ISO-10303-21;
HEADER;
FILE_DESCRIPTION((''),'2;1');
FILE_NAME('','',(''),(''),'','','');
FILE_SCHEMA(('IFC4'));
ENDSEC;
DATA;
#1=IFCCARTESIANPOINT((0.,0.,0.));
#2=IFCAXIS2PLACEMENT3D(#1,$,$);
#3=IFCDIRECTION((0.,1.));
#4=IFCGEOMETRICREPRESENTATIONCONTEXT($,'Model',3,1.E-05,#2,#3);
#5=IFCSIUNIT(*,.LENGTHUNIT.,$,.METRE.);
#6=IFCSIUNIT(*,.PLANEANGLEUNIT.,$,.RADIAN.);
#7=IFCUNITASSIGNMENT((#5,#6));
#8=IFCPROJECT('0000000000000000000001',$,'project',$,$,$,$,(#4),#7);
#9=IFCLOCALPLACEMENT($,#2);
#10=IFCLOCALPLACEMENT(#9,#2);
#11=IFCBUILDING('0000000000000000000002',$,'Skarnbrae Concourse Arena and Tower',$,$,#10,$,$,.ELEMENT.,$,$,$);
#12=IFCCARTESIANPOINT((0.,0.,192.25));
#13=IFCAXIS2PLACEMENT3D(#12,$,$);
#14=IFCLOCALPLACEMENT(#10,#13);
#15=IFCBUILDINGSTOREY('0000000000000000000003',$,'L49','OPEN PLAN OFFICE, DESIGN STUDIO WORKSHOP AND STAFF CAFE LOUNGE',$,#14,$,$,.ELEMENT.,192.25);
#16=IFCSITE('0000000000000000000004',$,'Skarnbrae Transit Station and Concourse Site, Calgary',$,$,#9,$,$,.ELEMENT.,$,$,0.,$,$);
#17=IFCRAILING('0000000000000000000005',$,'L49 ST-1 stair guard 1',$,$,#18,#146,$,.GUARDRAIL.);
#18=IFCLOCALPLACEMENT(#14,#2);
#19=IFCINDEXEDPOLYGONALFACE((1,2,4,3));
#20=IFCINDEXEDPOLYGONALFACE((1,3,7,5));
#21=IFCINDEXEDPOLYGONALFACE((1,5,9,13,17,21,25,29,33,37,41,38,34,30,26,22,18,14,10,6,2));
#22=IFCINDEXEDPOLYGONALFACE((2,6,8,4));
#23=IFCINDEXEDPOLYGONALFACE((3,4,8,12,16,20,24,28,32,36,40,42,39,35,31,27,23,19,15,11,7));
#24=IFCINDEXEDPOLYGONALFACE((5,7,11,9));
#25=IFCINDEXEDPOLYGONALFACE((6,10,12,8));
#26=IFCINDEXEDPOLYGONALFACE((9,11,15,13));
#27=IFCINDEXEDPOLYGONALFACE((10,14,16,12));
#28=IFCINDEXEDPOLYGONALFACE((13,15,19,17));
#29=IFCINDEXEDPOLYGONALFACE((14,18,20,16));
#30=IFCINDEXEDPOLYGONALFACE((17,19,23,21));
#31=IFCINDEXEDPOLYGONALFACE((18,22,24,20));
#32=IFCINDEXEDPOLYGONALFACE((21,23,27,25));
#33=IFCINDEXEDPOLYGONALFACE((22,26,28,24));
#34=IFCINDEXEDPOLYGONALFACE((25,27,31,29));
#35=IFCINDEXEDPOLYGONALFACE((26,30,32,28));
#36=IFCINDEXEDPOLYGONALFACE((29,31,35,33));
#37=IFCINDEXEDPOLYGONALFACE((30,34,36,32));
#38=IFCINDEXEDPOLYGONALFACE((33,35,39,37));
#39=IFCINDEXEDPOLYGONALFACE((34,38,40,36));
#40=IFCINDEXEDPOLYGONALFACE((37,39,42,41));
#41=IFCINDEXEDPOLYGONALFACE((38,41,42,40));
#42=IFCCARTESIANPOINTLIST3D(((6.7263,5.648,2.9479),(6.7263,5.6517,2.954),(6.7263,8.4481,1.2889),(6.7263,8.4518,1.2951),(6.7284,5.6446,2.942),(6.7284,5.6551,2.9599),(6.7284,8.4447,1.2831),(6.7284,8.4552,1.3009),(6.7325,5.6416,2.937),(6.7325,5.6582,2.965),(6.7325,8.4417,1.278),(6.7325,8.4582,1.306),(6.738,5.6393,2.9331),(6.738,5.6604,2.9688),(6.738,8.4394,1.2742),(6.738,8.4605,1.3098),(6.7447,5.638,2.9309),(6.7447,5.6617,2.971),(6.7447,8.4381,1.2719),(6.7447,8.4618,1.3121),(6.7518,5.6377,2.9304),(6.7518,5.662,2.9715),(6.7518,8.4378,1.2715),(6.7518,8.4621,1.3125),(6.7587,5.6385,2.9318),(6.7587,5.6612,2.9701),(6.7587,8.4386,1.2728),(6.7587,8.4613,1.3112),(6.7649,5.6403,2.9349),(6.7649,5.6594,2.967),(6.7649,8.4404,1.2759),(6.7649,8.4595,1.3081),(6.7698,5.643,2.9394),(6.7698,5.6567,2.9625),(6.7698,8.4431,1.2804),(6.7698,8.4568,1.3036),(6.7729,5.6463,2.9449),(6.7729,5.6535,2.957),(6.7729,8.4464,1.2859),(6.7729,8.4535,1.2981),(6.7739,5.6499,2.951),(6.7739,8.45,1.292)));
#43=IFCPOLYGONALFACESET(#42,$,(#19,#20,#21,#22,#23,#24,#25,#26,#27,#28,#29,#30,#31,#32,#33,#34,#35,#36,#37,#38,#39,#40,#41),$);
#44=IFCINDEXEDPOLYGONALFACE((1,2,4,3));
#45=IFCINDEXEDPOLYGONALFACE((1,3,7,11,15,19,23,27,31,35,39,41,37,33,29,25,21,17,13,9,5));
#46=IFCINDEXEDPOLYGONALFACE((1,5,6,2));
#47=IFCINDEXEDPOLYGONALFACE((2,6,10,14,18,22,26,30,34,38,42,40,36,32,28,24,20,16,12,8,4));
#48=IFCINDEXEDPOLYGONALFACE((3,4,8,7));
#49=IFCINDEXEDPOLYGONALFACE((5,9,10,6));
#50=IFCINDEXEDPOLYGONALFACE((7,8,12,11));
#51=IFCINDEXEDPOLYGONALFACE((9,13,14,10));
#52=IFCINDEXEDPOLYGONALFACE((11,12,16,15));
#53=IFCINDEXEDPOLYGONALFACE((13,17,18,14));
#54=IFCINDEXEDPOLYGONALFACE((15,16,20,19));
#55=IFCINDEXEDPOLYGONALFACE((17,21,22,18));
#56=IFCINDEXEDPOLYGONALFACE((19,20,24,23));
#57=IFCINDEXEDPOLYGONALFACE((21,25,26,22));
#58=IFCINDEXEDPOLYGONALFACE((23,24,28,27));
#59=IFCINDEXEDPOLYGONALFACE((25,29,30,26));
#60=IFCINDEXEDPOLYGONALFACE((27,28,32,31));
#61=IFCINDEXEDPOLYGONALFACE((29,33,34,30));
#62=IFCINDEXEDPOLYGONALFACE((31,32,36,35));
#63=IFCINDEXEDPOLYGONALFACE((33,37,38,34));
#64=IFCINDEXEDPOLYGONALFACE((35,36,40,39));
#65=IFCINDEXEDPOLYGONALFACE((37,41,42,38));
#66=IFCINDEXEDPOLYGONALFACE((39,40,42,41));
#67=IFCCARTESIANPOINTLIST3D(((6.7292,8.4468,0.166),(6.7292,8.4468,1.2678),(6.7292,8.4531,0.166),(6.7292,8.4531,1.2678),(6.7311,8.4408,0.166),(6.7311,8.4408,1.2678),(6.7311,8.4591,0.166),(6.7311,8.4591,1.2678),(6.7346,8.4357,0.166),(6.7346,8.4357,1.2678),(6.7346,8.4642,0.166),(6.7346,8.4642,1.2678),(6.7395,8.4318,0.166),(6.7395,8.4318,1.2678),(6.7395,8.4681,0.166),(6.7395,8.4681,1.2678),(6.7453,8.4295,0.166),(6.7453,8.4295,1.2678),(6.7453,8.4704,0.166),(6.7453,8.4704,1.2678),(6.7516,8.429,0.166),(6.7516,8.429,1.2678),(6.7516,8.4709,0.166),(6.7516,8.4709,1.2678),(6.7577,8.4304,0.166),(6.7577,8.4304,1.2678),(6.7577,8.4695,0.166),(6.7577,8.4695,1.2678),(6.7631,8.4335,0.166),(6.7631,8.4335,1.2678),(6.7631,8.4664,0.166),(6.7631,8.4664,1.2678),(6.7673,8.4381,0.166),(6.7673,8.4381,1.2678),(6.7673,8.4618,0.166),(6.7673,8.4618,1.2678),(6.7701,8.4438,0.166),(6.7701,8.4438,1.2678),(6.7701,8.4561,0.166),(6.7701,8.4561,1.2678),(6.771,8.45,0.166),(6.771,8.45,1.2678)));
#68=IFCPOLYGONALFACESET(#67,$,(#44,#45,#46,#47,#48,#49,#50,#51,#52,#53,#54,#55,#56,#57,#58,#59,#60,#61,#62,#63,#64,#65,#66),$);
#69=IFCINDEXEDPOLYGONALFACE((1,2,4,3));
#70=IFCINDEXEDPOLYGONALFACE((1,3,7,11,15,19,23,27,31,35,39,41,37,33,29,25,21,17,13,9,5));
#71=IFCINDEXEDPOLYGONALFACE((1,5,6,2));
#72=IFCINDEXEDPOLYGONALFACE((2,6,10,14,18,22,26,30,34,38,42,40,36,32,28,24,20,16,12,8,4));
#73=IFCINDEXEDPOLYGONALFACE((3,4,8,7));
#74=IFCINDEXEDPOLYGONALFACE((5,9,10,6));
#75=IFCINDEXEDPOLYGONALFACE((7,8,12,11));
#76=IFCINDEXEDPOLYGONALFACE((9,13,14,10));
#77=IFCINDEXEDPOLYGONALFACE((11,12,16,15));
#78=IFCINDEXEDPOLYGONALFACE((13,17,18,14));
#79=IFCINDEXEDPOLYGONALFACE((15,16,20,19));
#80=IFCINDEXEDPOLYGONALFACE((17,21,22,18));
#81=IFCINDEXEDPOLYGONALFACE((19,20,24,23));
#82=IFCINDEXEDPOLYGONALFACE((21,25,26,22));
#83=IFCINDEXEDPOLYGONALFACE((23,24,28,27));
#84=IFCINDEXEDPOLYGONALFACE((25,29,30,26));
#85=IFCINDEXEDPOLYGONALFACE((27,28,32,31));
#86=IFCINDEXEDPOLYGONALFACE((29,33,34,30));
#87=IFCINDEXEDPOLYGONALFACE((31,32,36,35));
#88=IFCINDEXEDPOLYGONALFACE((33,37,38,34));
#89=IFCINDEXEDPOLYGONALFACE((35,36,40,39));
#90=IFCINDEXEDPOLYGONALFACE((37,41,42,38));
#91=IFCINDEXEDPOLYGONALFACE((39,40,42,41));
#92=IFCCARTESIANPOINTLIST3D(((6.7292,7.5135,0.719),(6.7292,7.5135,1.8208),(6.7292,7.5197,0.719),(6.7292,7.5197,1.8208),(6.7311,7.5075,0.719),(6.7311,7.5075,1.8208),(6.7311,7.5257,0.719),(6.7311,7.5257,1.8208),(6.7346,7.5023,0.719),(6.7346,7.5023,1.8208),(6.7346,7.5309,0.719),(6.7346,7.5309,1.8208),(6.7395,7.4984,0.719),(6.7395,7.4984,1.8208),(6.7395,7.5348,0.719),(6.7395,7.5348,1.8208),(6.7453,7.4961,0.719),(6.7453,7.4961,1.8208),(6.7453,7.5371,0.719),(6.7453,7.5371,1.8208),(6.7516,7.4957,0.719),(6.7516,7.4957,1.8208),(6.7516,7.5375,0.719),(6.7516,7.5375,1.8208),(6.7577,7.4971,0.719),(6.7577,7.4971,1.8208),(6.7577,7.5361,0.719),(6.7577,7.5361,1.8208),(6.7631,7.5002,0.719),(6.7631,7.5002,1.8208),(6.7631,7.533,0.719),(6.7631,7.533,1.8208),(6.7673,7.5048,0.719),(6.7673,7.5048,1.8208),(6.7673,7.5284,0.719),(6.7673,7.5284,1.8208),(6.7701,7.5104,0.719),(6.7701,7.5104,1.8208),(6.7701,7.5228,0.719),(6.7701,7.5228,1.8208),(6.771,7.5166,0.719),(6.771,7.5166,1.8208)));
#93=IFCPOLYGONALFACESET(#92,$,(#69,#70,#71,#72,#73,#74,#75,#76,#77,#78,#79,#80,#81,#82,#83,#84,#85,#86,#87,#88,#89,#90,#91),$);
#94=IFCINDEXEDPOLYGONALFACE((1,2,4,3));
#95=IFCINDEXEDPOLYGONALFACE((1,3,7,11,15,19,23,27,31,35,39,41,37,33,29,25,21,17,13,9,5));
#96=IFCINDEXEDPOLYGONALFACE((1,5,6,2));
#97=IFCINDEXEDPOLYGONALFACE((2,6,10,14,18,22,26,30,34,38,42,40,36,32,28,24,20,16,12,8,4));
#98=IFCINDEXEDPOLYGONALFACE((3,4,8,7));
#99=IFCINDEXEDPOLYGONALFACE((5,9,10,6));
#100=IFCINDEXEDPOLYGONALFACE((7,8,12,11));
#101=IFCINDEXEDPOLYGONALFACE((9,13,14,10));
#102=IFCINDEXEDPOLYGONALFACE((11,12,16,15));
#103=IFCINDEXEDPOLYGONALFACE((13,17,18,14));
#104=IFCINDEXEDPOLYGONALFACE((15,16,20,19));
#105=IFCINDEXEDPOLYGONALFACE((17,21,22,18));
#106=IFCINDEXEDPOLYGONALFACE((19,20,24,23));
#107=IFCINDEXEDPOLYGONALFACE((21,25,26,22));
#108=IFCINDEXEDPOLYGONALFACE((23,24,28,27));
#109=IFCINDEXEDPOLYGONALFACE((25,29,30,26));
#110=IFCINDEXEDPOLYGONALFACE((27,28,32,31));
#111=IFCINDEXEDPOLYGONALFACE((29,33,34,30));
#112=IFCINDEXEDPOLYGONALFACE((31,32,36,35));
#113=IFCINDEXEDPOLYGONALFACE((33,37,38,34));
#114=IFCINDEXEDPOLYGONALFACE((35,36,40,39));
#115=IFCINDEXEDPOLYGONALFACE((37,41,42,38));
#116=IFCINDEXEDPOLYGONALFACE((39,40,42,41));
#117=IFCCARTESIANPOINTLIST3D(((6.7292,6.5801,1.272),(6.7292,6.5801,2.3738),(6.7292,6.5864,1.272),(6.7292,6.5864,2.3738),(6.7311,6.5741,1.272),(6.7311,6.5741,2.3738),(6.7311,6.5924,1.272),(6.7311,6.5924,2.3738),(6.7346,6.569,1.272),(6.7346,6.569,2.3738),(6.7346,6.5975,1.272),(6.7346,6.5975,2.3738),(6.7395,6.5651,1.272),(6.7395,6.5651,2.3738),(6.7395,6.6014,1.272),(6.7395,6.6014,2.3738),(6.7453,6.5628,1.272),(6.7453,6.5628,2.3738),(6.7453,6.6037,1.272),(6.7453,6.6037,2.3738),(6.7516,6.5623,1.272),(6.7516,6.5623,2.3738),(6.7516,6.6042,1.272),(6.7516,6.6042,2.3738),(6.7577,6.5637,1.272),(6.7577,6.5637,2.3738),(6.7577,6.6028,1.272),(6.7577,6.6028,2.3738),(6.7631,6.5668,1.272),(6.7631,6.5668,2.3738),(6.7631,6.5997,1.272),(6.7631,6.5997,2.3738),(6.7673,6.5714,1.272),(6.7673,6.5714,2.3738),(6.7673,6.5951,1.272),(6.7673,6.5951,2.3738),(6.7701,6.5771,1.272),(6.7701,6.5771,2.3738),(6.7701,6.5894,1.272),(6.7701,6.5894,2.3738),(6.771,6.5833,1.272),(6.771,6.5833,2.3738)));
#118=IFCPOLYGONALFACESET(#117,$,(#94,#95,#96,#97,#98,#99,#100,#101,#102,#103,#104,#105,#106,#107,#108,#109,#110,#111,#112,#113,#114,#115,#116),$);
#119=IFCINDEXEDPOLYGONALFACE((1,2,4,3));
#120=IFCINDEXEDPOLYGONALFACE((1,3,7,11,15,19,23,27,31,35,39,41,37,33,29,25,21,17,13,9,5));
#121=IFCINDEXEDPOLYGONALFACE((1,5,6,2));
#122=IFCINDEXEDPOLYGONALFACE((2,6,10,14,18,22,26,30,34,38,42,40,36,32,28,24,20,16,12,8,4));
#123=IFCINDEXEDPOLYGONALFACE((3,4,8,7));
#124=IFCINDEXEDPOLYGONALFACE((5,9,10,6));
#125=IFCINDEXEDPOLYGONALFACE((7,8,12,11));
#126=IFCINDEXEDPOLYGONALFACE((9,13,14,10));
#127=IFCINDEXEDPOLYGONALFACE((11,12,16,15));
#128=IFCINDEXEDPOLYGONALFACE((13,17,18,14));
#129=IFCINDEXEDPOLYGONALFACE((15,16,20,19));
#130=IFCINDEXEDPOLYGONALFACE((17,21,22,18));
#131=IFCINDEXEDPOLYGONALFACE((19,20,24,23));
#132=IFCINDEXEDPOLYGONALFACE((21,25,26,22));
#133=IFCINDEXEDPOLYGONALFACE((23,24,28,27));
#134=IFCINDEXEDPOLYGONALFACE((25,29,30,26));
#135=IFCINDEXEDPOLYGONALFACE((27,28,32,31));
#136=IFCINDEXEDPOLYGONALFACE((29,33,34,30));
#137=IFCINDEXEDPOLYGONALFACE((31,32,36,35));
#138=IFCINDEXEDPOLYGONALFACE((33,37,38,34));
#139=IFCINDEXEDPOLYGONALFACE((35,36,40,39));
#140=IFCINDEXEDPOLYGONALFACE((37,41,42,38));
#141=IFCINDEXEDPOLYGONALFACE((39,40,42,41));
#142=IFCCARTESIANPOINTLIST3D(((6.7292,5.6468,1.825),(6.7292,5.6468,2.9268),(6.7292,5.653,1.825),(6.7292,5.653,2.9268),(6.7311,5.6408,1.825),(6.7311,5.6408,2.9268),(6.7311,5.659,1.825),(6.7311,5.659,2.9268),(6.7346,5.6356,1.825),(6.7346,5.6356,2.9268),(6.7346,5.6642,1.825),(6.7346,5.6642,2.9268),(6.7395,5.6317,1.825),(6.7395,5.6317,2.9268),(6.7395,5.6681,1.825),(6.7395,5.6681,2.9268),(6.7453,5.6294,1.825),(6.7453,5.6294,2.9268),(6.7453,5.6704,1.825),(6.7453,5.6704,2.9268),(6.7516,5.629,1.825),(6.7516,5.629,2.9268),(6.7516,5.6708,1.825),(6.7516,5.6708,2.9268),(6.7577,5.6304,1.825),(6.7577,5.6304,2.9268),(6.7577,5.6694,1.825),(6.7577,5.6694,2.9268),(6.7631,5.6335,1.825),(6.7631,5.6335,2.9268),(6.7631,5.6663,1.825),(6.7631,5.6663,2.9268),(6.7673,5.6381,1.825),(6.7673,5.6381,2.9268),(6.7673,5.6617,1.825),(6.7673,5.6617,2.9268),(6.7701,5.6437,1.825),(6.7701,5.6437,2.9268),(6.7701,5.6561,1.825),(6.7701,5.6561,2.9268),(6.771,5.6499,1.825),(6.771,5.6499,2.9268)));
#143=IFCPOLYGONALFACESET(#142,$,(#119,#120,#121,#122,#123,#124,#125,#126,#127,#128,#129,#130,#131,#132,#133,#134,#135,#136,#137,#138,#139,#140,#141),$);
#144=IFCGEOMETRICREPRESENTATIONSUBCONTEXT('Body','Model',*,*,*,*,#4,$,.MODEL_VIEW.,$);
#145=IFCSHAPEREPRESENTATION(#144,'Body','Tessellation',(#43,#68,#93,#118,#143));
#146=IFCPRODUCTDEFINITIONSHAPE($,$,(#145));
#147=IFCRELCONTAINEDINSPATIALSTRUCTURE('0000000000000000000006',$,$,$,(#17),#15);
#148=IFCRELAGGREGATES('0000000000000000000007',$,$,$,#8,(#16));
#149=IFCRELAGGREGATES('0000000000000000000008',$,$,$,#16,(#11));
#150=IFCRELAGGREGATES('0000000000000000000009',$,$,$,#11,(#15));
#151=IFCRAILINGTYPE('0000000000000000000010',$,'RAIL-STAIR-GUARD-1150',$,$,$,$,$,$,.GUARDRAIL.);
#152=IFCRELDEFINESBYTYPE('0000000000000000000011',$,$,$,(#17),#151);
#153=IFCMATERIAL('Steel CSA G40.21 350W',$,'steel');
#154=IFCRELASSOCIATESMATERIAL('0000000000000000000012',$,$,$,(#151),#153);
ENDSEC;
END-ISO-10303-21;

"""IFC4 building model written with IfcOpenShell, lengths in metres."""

from ifc_helpers import new_model, si_unit, direction, frame, origin, origin_2d, place, context, subcontext, project, spatial, circle, extrude, material, type_object, element, save


model = new_model("IFC4")

# Units and contexts
model_context = context("Model", 3, precision=1e-05, world=origin(), true_north=direction((0.0, 1.0)))
body_context = subcontext(model_context, "Body", "Model", "MODEL_VIEW")
ifc_project = project(units=[si_unit("LENGTHUNIT", "METRE"), si_unit("PLANEANGLEUNIT", "RADIAN")], contexts=[model_context])

# Site, building, storey
site_placement = place(None, origin())
site = spatial("IfcSite", under=ifc_project, at=site_placement, Name="Skarnbrae Transit Station and Concourse Site, Calgary", CompositionType="ELEMENT", RefElevation=0.0)
building_placement = place(site_placement, origin())
building = spatial("IfcBuilding", under=site, at=building_placement, Name="Skarnbrae Concourse Arena and Tower", CompositionType="ELEMENT")
storey_placement = place(building_placement, frame((0.0, 0.0, 192.25)))
storey = spatial("IfcBuildingStorey", under=building, at=storey_placement, Name="L49", Description="OPEN PLAN OFFICE, DESIGN STUDIO WORKSHOP AND STAFF CAFE LOUNGE", CompositionType="ELEMENT", Elevation=192.25)

# Shared definitions
ifc_material_1 = material(Name="Steel CSA G40.21 350W", Category="steel")

# Railing
railing_type_1 = type_object("IfcRailingType", Name="RAIL-STAIR-GUARD-1150", PredefinedType="GUARDRAIL", material=ifc_material_1)
railing_1_placement = place(storey_placement, frame((6.75, 8.45, 0.166)))
element("IfcRailing", 1, at=railing_1_placement, inside=storey, type_object=railing_type_1, Name="L49 ST-1 stair guard 1", PredefinedType="GUARDRAIL", context=body_context, shape_type="SweptSolid", body=[
    extrude(circle(Radius=0.0239, at=origin_2d()), frame((0.0, 0.0, 1.126), z_axis=(0.0, -0.860339, 0.509722), x_axis=(1.0, 0.0, 0.0)), (0.0, 0.0, 1.0), 3.2546),
    extrude(circle(Radius=0.021, at=origin_2d()), origin(), (0.0, 0.0, 1.0), 1.1018),
    extrude(circle(Radius=0.021, at=origin_2d()), frame((0.0, -0.9333, 0.553)), (0.0, 0.0, 1.0), 1.1018),
    extrude(circle(Radius=0.021, at=origin_2d()), frame((0.0, -1.8667, 1.106)), (0.0, 0.0, 1.0), 1.1018),
    extrude(circle(Radius=0.021, at=origin_2d()), frame((0.0, -2.8, 1.6589)), (0.0, 0.0, 1.0), 1.1018),
])

save(model, "model.ifc")
